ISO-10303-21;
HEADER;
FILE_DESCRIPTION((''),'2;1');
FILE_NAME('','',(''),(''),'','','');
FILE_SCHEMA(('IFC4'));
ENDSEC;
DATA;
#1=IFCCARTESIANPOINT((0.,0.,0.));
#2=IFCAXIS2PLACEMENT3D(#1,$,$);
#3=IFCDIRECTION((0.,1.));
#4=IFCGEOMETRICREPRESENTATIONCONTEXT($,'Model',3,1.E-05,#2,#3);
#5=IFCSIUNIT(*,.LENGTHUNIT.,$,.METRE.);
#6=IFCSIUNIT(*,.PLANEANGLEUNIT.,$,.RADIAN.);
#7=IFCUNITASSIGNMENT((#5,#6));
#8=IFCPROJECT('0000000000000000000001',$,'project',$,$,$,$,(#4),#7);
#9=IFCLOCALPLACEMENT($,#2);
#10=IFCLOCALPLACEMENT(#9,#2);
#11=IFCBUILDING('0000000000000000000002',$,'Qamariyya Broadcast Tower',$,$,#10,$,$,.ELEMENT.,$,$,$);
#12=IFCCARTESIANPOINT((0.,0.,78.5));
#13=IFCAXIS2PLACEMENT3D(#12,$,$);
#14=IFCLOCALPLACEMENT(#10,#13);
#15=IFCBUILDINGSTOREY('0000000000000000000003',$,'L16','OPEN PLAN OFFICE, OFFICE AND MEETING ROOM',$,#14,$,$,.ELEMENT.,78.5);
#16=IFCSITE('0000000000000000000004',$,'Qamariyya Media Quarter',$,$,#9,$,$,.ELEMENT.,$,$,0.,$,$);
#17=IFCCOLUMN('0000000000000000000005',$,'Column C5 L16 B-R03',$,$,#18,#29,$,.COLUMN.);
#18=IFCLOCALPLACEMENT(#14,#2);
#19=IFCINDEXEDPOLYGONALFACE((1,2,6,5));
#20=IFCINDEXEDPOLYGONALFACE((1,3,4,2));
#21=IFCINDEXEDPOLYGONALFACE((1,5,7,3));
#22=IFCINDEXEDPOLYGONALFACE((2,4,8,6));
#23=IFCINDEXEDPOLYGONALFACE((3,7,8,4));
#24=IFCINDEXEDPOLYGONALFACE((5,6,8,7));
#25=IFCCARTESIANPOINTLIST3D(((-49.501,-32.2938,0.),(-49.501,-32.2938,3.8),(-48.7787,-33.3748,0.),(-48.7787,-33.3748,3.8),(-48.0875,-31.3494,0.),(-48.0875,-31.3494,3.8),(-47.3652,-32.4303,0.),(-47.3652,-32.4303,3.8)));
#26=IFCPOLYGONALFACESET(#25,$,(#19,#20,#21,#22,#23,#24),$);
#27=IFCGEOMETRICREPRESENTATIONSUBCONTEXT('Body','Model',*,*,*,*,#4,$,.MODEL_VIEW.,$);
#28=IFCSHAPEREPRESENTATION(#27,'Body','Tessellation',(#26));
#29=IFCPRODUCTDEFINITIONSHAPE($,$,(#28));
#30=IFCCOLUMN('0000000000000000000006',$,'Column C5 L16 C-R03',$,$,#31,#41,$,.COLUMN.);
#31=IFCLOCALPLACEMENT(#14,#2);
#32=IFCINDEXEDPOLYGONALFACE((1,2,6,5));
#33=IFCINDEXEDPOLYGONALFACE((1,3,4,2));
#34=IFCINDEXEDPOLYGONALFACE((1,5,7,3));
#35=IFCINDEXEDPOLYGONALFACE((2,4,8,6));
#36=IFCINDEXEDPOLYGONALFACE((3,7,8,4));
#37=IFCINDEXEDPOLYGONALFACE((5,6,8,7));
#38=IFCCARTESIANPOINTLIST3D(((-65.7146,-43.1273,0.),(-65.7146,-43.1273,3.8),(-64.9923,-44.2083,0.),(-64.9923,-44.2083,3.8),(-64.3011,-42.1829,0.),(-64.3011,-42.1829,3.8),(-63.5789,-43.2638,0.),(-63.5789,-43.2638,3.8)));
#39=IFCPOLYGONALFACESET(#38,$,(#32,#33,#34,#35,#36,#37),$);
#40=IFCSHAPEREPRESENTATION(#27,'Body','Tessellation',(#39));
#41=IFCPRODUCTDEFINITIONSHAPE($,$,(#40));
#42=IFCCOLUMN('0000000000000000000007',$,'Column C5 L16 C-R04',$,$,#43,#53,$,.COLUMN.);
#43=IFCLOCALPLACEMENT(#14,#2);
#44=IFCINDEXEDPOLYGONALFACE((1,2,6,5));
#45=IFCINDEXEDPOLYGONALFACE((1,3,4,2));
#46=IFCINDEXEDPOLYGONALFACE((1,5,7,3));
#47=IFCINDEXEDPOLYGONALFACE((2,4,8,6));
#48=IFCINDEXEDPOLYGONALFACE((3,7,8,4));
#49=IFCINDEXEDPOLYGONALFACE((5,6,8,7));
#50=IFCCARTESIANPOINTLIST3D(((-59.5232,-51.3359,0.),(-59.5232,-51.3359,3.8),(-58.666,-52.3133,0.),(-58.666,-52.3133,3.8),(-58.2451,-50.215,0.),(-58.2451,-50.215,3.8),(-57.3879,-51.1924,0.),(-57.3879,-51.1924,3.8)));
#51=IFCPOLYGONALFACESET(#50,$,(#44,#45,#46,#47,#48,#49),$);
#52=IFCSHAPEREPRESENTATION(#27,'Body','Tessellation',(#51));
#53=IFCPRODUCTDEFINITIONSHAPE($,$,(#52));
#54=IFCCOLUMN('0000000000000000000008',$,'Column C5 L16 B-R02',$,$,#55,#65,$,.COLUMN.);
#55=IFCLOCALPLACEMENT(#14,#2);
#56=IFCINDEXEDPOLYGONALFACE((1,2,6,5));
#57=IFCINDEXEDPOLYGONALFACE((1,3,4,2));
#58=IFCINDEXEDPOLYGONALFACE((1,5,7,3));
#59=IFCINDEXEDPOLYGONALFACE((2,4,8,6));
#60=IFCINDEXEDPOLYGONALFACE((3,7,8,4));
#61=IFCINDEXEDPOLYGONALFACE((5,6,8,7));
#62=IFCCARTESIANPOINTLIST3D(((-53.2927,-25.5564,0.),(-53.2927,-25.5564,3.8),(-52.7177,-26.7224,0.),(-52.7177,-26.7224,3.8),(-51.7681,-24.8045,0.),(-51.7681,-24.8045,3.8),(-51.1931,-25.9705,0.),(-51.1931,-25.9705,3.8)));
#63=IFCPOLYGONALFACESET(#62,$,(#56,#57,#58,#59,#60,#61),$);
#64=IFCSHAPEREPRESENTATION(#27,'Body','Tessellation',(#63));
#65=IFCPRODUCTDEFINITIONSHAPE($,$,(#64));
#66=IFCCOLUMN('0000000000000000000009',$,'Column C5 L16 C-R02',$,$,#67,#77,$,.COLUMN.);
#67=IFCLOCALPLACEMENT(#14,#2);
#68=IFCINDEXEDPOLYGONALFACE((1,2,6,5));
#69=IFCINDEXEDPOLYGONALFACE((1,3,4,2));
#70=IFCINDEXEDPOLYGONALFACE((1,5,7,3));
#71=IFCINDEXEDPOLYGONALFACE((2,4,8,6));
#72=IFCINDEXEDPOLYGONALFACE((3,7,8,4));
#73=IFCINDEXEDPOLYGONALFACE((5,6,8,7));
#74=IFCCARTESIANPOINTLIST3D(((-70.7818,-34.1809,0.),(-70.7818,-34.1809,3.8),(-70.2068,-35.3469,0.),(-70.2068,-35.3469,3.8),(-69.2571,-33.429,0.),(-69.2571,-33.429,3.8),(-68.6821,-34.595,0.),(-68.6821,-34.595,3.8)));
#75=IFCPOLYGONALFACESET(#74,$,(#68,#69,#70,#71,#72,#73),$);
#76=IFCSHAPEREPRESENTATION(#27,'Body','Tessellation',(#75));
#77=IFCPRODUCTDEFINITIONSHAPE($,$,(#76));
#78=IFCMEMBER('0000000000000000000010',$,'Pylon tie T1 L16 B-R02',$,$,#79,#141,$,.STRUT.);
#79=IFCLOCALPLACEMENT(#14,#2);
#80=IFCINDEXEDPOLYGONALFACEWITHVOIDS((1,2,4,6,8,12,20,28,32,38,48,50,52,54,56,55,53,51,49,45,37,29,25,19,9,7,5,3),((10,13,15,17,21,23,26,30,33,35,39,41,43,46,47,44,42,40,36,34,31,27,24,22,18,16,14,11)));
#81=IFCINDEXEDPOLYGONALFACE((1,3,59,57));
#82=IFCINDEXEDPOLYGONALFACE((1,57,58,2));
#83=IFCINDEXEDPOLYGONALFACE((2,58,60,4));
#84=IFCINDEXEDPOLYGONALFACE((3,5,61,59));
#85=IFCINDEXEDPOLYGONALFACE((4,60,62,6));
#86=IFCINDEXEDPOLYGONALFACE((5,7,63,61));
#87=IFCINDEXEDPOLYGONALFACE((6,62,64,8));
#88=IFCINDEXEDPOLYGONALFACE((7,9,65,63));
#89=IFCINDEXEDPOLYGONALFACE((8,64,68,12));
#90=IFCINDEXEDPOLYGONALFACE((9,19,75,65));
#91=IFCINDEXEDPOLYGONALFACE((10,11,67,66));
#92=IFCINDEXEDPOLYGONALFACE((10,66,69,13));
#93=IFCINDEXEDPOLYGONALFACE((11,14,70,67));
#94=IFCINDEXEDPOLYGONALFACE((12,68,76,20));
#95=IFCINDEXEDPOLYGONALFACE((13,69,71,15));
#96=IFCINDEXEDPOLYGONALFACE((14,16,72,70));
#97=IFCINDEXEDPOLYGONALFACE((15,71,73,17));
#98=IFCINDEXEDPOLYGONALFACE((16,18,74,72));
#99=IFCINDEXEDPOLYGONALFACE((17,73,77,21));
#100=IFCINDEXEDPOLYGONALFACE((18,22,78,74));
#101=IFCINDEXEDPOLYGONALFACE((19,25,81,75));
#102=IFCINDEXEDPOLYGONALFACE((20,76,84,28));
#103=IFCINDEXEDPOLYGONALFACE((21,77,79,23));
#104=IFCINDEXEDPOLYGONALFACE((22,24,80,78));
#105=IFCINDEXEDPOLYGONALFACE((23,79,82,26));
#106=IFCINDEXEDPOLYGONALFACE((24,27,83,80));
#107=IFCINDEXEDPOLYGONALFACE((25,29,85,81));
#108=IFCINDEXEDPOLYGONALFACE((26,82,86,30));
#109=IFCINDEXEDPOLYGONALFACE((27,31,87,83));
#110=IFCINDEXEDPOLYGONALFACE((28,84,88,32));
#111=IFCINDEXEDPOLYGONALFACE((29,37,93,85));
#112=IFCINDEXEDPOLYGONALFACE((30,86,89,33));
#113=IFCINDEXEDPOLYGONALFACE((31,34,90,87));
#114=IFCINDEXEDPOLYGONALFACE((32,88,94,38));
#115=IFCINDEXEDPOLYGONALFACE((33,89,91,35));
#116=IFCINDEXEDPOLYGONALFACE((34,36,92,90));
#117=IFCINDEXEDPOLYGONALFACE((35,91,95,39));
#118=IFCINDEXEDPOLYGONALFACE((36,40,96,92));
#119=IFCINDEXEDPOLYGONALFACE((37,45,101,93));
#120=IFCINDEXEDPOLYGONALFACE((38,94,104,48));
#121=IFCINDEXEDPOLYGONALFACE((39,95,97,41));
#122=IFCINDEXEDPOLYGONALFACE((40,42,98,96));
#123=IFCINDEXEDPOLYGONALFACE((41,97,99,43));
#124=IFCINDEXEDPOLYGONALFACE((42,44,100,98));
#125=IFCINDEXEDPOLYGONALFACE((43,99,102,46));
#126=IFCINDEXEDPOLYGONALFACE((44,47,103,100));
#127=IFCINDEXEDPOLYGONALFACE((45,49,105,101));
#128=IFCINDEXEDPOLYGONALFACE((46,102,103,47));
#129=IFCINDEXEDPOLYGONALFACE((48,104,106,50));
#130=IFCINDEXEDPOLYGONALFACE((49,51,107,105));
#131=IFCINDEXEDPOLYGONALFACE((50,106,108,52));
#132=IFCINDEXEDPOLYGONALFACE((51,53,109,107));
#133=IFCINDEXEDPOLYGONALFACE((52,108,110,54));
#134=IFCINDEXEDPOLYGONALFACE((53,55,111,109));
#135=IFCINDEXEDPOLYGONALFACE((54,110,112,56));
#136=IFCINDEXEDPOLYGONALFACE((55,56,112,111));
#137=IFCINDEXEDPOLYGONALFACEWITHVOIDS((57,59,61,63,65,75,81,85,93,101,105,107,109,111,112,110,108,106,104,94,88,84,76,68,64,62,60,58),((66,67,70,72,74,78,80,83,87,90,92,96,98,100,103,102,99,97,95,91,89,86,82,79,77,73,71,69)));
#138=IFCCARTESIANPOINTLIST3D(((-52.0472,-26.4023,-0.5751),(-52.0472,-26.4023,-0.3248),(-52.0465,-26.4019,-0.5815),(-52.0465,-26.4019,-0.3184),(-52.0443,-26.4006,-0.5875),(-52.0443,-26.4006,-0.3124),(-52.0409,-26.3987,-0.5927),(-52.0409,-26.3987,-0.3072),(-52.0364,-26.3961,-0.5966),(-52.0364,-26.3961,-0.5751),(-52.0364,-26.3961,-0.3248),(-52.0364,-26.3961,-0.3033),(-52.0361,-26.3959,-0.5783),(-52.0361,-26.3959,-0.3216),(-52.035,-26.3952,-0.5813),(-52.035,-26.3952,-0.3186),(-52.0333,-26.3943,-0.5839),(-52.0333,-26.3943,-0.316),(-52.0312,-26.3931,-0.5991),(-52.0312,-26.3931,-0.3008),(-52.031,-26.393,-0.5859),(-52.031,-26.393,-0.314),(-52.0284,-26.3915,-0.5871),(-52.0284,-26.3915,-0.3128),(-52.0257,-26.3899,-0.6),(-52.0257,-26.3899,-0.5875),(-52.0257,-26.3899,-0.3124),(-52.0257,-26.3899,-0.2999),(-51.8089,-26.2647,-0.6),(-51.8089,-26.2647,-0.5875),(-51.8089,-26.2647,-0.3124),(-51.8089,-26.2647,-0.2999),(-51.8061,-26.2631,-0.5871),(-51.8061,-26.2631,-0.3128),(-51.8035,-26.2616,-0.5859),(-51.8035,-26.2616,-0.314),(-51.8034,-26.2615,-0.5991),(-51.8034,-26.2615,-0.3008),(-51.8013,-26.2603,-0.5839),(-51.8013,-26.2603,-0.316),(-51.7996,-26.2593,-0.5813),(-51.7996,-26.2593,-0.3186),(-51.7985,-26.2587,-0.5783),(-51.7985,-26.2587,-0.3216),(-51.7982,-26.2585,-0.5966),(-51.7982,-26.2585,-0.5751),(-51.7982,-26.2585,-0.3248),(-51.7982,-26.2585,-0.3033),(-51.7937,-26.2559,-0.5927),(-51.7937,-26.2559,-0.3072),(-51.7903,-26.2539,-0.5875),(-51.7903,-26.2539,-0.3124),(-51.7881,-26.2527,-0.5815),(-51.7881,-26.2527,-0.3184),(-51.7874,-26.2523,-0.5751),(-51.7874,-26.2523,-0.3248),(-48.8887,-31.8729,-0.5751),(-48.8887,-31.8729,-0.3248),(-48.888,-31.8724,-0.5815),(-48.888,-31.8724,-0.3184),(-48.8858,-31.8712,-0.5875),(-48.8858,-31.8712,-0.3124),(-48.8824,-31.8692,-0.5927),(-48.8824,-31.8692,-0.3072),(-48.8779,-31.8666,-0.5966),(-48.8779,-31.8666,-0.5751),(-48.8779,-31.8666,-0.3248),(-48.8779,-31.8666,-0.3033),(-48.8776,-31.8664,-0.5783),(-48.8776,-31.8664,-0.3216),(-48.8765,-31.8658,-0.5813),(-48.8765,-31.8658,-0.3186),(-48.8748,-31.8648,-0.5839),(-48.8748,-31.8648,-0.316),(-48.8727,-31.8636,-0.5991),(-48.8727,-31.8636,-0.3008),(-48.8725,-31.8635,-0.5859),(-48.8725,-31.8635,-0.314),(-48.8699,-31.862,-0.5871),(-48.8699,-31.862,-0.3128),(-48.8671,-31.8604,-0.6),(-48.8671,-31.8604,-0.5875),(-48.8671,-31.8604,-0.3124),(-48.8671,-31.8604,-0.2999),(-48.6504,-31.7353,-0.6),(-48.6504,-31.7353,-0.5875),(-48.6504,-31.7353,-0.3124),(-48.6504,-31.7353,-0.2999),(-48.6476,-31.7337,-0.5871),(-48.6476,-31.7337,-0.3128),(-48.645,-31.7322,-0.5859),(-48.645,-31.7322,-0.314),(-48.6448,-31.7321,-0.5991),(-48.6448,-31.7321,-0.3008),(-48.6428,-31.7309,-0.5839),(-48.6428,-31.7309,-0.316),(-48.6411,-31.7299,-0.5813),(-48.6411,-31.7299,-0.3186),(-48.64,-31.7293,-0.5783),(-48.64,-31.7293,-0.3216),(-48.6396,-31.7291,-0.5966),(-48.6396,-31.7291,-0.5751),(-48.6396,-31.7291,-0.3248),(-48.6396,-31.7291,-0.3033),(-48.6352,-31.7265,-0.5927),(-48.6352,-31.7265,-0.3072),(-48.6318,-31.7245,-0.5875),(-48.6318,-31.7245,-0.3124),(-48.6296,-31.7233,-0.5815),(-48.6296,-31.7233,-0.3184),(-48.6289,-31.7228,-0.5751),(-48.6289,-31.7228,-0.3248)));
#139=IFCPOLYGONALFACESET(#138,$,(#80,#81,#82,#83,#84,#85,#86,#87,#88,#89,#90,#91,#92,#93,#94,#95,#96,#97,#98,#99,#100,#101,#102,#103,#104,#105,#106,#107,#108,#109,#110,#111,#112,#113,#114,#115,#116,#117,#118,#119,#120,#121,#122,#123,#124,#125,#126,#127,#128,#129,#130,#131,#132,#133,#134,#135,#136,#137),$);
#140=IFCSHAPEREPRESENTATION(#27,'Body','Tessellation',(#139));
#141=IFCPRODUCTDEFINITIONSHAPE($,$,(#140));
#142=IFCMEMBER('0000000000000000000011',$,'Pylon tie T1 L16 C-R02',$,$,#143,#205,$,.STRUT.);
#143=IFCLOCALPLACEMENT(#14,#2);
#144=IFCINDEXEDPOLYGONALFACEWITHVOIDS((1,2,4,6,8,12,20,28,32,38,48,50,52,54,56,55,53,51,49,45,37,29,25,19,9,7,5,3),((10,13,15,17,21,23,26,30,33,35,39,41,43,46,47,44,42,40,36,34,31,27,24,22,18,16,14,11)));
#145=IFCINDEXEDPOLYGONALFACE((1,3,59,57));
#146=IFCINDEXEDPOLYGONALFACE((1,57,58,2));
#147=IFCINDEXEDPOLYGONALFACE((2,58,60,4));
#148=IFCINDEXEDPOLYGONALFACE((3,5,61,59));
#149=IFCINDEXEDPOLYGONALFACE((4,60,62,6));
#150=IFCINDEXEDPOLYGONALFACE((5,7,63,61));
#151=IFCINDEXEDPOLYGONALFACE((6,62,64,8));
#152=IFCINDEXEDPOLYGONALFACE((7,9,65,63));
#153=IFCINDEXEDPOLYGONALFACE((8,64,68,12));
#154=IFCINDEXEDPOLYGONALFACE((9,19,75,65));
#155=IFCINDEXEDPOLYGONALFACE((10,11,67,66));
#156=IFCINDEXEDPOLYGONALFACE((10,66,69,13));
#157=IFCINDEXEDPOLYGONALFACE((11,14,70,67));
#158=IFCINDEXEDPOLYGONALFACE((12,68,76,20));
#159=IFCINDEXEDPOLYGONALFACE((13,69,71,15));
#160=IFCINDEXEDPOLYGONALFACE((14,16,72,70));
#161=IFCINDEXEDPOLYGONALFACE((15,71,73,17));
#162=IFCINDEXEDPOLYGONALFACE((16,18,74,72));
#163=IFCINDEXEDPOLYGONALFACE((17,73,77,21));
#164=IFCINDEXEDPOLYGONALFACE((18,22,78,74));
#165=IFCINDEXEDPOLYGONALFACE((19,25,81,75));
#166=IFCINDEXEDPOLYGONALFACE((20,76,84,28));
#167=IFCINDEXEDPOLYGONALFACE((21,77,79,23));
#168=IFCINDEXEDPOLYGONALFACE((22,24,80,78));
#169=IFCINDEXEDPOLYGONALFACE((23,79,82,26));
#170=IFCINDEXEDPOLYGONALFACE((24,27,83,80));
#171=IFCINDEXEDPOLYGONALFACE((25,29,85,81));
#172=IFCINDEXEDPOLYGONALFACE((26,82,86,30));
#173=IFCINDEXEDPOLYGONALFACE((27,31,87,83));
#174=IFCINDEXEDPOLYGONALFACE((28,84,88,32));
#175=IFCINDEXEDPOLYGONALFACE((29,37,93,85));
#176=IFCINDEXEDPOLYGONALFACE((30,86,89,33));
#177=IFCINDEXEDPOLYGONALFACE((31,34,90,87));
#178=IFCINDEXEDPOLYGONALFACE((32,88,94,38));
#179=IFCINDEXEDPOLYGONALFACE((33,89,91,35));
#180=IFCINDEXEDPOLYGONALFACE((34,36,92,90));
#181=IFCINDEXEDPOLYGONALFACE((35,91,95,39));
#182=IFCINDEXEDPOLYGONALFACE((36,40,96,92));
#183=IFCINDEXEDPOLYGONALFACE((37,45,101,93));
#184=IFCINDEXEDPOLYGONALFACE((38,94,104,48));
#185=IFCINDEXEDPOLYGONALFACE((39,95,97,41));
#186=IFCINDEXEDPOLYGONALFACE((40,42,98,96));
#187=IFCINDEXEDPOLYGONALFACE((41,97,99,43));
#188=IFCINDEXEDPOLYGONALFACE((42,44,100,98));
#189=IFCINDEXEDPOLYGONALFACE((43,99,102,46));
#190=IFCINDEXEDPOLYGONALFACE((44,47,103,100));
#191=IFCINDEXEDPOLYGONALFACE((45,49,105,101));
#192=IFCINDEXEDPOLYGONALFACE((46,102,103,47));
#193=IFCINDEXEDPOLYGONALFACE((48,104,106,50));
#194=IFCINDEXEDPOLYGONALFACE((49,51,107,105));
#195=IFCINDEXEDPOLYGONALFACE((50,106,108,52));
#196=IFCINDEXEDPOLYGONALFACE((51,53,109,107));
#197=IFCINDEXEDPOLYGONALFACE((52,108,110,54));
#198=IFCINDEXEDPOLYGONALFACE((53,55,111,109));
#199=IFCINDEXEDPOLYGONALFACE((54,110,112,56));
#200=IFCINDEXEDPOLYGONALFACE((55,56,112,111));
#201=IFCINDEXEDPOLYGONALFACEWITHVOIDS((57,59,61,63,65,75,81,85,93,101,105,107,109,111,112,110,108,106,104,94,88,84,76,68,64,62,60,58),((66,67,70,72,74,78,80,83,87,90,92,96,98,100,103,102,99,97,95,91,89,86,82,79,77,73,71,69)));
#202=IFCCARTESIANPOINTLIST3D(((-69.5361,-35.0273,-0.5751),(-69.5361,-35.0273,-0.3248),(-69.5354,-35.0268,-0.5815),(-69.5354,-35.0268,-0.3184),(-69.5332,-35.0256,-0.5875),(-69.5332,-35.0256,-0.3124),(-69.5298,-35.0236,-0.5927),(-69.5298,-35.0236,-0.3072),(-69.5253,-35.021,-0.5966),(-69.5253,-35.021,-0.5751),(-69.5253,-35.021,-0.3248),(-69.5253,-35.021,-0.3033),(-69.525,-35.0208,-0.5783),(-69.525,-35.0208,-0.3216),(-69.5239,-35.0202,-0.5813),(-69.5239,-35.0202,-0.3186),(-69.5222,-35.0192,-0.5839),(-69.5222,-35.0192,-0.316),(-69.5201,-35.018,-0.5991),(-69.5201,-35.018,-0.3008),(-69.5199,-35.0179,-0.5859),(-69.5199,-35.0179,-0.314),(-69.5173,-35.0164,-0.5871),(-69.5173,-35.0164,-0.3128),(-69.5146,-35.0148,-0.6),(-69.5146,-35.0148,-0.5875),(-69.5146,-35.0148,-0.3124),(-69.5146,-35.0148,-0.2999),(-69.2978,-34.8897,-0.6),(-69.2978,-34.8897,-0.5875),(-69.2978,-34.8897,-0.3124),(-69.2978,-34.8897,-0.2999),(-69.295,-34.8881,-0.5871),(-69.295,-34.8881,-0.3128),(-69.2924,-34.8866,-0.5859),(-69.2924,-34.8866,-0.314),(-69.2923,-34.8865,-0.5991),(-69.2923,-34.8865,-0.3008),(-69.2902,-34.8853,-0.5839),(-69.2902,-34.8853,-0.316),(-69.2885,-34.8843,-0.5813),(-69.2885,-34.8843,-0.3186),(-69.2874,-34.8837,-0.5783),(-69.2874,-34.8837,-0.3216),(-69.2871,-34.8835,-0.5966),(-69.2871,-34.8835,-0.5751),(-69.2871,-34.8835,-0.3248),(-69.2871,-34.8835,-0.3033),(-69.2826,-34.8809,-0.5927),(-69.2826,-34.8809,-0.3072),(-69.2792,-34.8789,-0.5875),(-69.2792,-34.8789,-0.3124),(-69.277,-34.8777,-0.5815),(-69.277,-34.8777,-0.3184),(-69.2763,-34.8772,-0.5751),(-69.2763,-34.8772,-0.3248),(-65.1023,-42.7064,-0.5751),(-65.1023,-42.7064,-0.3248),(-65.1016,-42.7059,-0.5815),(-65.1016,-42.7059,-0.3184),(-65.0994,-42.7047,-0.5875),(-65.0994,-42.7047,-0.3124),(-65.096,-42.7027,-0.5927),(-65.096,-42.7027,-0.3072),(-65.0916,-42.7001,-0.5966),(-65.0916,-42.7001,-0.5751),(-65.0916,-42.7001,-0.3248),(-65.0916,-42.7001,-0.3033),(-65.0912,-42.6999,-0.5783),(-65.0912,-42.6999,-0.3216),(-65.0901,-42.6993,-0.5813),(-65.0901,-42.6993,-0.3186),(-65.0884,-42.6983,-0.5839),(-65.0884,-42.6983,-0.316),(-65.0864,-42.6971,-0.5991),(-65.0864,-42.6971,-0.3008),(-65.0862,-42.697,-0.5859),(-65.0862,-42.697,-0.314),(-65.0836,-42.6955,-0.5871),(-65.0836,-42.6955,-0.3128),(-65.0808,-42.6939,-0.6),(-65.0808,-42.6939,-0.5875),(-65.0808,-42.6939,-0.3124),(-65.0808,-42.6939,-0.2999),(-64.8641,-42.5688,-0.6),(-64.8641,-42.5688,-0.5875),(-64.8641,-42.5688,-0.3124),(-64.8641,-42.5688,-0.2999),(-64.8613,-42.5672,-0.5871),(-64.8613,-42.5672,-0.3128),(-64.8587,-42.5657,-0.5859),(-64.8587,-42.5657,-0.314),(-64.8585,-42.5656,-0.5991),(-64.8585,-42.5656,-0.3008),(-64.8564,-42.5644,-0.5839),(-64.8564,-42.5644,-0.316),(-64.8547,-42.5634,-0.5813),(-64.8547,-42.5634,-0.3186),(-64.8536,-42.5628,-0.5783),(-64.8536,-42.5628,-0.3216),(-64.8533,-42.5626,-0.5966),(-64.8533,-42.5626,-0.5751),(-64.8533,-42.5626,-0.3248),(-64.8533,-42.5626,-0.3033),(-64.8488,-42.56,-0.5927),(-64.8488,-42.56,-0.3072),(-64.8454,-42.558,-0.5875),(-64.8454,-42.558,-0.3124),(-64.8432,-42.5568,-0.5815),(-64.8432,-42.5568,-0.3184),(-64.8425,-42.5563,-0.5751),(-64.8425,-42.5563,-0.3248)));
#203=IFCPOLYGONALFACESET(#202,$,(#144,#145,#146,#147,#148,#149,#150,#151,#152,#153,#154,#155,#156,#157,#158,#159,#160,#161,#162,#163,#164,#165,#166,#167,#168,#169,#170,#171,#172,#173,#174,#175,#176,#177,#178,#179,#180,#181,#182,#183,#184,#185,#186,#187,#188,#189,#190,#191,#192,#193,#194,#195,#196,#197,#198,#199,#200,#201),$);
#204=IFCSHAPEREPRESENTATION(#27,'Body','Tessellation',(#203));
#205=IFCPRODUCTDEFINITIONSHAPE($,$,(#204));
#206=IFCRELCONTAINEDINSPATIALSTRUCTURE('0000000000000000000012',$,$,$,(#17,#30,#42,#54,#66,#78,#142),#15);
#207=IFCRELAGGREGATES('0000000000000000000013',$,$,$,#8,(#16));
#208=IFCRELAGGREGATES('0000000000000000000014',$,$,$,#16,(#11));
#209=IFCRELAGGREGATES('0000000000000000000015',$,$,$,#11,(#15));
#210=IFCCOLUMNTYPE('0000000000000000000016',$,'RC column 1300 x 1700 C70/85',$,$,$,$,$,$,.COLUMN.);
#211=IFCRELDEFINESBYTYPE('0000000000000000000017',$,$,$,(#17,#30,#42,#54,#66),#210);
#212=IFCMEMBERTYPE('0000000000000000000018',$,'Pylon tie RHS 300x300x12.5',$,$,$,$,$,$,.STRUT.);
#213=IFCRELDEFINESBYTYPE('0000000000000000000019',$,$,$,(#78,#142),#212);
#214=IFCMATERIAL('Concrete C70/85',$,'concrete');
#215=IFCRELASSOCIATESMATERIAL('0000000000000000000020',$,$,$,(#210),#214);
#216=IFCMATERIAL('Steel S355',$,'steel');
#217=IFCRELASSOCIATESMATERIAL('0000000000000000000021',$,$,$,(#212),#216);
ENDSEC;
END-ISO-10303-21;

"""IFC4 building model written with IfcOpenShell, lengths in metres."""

from ifc_helpers import new_model, si_unit, direction, frame, origin, origin_2d, place, context, subcontext, project, spatial, rectangle, hollow_rectangle, extrude, material, material_profile, profile_set, type_object, element, save


model = new_model("IFC4")

# Units and contexts
model_context = context("Model", 3, precision=1e-05, world=origin(), true_north=direction((0.0, 1.0)))
body_context = subcontext(model_context, "Body", "Model", "MODEL_VIEW")
ifc_project = project(units=[si_unit("LENGTHUNIT", "METRE"), si_unit("PLANEANGLEUNIT", "RADIAN")], contexts=[model_context])

# Site, building, storey
site_placement = place(None, origin())
site = spatial("IfcSite", under=ifc_project, at=site_placement, Name="Qamariyya Media Quarter", CompositionType="ELEMENT", RefElevation=0.0)
building_placement = place(site_placement, origin())
building = spatial("IfcBuilding", under=site, at=building_placement, Name="Qamariyya Broadcast Tower", CompositionType="ELEMENT")
storey_placement = place(building_placement, frame((0.0, 0.0, 78.5)))
storey = spatial("IfcBuildingStorey", under=building, at=storey_placement, Name="L16", Description="OPEN PLAN OFFICE, OFFICE AND MEETING ROOM", CompositionType="ELEMENT", Elevation=78.5)

# Columns
ifc_material_1 = material(Name="Concrete C70/85", Category="concrete")
ifc_material_profile_1 = material_profile(ifc_material_1, rectangle(XDim=1.3, YDim=1.7, at=origin_2d()))
ifc_profile_set_1 = profile_set([ifc_material_profile_1], Name="Concrete C70/85")
column_type = type_object("IfcColumnType", Name="RC column 1300 x 1700 C70/85", PredefinedType="COLUMN", material=ifc_profile_set_1)
for number, where, z_axis, x_axis, name in (
    (1, (-48.4331, -32.3621, 0.0), (0.0, 0.0, 1.0), (0.55557, -0.83147, 0.0), "Column C5 L16 B-R03"),
    (2, (-64.6467, -43.1956, 0.0), (0.0, 0.0, 1.0), (0.55557, -0.83147, 0.0), "Column C5 L16 C-R03"),
    (3, (-58.4556, -51.2642, 0.0), (0.0, 0.0, 1.0), (0.659346, -0.75184, 0.0), "Column C5 L16 C-R04"),
    (4, (-52.2429, -25.7634, 0.0), (0.0, 0.0, 1.0), (0.442289, -0.896873, 0.0), "Column C5 L16 B-R02"),
    (5, (-69.7319, -34.3879, 0.0), (0.0, 0.0, 1.0), (0.442289, -0.896873, 0.0), "Column C5 L16 C-R02"),
):
    element("IfcColumn", number, at=place(storey_placement, frame(where, z_axis=z_axis, x_axis=x_axis)), inside=storey, type_object=column_type, Name=name, PredefinedType="COLUMN", context=body_context, shape_type="SweptSolid", body=[
        extrude(rectangle(XDim=1.3, YDim=1.7, at=origin_2d()), origin(), (0.0, 0.0, 1.0), 3.8),
    ])

# Members
ifc_material_2 = material(Name="Steel S355", Category="steel")
ifc_material_profile_2 = material_profile(ifc_material_2, hollow_rectangle(XDim=0.3, YDim=0.3, WallThickness=0.0125, InnerFilletRadius=0.0125, OuterFilletRadius=0.0249, at=origin_2d()))
ifc_profile_set_2 = profile_set([ifc_material_profile_2], Name="Steel S355")
member_type = type_object("IfcMemberType", Name="Pylon tie RHS 300x300x12.5", PredefinedType="STRUT", material=ifc_profile_set_2)
member_1_placement = place(storey_placement, frame((-48.7588, -31.7979, -0.45), z_axis=(-0.500009, 0.86602, 0.0), x_axis=(-0.86602, -0.500009, 0.0)))
element("IfcMember", 6, at=member_1_placement, inside=storey, type_object=member_type, Name="Pylon tie T1 L16 B-R02", PredefinedType="STRUT", context=body_context, shape_type="SweptSolid", body=[
    extrude(hollow_rectangle(XDim=0.3, YDim=0.3, WallThickness=0.0125, InnerFilletRadius=0.0125, OuterFilletRadius=0.0249, at=origin_2d()), origin(), (0.0, 0.0, 1.0), 6.3169),
])
member_2_placement = place(storey_placement, frame((-64.9724, -42.6313, -0.45), z_axis=(-0.500021, 0.866013, 0.0), x_axis=(-0.866013, -0.500021, 0.0)))
element("IfcMember", 7, at=member_2_placement, inside=storey, type_object=member_type, Name="Pylon tie T1 L16 C-R02", PredefinedType="STRUT", context=body_context, shape_type="SweptSolid", body=[
    extrude(hollow_rectangle(XDim=0.3, YDim=0.3, WallThickness=0.0125, InnerFilletRadius=0.0125, OuterFilletRadius=0.0249, at=origin_2d()), origin(), (0.0, 0.0, 1.0), 8.8672),
])

save(model, "model.ifc")
